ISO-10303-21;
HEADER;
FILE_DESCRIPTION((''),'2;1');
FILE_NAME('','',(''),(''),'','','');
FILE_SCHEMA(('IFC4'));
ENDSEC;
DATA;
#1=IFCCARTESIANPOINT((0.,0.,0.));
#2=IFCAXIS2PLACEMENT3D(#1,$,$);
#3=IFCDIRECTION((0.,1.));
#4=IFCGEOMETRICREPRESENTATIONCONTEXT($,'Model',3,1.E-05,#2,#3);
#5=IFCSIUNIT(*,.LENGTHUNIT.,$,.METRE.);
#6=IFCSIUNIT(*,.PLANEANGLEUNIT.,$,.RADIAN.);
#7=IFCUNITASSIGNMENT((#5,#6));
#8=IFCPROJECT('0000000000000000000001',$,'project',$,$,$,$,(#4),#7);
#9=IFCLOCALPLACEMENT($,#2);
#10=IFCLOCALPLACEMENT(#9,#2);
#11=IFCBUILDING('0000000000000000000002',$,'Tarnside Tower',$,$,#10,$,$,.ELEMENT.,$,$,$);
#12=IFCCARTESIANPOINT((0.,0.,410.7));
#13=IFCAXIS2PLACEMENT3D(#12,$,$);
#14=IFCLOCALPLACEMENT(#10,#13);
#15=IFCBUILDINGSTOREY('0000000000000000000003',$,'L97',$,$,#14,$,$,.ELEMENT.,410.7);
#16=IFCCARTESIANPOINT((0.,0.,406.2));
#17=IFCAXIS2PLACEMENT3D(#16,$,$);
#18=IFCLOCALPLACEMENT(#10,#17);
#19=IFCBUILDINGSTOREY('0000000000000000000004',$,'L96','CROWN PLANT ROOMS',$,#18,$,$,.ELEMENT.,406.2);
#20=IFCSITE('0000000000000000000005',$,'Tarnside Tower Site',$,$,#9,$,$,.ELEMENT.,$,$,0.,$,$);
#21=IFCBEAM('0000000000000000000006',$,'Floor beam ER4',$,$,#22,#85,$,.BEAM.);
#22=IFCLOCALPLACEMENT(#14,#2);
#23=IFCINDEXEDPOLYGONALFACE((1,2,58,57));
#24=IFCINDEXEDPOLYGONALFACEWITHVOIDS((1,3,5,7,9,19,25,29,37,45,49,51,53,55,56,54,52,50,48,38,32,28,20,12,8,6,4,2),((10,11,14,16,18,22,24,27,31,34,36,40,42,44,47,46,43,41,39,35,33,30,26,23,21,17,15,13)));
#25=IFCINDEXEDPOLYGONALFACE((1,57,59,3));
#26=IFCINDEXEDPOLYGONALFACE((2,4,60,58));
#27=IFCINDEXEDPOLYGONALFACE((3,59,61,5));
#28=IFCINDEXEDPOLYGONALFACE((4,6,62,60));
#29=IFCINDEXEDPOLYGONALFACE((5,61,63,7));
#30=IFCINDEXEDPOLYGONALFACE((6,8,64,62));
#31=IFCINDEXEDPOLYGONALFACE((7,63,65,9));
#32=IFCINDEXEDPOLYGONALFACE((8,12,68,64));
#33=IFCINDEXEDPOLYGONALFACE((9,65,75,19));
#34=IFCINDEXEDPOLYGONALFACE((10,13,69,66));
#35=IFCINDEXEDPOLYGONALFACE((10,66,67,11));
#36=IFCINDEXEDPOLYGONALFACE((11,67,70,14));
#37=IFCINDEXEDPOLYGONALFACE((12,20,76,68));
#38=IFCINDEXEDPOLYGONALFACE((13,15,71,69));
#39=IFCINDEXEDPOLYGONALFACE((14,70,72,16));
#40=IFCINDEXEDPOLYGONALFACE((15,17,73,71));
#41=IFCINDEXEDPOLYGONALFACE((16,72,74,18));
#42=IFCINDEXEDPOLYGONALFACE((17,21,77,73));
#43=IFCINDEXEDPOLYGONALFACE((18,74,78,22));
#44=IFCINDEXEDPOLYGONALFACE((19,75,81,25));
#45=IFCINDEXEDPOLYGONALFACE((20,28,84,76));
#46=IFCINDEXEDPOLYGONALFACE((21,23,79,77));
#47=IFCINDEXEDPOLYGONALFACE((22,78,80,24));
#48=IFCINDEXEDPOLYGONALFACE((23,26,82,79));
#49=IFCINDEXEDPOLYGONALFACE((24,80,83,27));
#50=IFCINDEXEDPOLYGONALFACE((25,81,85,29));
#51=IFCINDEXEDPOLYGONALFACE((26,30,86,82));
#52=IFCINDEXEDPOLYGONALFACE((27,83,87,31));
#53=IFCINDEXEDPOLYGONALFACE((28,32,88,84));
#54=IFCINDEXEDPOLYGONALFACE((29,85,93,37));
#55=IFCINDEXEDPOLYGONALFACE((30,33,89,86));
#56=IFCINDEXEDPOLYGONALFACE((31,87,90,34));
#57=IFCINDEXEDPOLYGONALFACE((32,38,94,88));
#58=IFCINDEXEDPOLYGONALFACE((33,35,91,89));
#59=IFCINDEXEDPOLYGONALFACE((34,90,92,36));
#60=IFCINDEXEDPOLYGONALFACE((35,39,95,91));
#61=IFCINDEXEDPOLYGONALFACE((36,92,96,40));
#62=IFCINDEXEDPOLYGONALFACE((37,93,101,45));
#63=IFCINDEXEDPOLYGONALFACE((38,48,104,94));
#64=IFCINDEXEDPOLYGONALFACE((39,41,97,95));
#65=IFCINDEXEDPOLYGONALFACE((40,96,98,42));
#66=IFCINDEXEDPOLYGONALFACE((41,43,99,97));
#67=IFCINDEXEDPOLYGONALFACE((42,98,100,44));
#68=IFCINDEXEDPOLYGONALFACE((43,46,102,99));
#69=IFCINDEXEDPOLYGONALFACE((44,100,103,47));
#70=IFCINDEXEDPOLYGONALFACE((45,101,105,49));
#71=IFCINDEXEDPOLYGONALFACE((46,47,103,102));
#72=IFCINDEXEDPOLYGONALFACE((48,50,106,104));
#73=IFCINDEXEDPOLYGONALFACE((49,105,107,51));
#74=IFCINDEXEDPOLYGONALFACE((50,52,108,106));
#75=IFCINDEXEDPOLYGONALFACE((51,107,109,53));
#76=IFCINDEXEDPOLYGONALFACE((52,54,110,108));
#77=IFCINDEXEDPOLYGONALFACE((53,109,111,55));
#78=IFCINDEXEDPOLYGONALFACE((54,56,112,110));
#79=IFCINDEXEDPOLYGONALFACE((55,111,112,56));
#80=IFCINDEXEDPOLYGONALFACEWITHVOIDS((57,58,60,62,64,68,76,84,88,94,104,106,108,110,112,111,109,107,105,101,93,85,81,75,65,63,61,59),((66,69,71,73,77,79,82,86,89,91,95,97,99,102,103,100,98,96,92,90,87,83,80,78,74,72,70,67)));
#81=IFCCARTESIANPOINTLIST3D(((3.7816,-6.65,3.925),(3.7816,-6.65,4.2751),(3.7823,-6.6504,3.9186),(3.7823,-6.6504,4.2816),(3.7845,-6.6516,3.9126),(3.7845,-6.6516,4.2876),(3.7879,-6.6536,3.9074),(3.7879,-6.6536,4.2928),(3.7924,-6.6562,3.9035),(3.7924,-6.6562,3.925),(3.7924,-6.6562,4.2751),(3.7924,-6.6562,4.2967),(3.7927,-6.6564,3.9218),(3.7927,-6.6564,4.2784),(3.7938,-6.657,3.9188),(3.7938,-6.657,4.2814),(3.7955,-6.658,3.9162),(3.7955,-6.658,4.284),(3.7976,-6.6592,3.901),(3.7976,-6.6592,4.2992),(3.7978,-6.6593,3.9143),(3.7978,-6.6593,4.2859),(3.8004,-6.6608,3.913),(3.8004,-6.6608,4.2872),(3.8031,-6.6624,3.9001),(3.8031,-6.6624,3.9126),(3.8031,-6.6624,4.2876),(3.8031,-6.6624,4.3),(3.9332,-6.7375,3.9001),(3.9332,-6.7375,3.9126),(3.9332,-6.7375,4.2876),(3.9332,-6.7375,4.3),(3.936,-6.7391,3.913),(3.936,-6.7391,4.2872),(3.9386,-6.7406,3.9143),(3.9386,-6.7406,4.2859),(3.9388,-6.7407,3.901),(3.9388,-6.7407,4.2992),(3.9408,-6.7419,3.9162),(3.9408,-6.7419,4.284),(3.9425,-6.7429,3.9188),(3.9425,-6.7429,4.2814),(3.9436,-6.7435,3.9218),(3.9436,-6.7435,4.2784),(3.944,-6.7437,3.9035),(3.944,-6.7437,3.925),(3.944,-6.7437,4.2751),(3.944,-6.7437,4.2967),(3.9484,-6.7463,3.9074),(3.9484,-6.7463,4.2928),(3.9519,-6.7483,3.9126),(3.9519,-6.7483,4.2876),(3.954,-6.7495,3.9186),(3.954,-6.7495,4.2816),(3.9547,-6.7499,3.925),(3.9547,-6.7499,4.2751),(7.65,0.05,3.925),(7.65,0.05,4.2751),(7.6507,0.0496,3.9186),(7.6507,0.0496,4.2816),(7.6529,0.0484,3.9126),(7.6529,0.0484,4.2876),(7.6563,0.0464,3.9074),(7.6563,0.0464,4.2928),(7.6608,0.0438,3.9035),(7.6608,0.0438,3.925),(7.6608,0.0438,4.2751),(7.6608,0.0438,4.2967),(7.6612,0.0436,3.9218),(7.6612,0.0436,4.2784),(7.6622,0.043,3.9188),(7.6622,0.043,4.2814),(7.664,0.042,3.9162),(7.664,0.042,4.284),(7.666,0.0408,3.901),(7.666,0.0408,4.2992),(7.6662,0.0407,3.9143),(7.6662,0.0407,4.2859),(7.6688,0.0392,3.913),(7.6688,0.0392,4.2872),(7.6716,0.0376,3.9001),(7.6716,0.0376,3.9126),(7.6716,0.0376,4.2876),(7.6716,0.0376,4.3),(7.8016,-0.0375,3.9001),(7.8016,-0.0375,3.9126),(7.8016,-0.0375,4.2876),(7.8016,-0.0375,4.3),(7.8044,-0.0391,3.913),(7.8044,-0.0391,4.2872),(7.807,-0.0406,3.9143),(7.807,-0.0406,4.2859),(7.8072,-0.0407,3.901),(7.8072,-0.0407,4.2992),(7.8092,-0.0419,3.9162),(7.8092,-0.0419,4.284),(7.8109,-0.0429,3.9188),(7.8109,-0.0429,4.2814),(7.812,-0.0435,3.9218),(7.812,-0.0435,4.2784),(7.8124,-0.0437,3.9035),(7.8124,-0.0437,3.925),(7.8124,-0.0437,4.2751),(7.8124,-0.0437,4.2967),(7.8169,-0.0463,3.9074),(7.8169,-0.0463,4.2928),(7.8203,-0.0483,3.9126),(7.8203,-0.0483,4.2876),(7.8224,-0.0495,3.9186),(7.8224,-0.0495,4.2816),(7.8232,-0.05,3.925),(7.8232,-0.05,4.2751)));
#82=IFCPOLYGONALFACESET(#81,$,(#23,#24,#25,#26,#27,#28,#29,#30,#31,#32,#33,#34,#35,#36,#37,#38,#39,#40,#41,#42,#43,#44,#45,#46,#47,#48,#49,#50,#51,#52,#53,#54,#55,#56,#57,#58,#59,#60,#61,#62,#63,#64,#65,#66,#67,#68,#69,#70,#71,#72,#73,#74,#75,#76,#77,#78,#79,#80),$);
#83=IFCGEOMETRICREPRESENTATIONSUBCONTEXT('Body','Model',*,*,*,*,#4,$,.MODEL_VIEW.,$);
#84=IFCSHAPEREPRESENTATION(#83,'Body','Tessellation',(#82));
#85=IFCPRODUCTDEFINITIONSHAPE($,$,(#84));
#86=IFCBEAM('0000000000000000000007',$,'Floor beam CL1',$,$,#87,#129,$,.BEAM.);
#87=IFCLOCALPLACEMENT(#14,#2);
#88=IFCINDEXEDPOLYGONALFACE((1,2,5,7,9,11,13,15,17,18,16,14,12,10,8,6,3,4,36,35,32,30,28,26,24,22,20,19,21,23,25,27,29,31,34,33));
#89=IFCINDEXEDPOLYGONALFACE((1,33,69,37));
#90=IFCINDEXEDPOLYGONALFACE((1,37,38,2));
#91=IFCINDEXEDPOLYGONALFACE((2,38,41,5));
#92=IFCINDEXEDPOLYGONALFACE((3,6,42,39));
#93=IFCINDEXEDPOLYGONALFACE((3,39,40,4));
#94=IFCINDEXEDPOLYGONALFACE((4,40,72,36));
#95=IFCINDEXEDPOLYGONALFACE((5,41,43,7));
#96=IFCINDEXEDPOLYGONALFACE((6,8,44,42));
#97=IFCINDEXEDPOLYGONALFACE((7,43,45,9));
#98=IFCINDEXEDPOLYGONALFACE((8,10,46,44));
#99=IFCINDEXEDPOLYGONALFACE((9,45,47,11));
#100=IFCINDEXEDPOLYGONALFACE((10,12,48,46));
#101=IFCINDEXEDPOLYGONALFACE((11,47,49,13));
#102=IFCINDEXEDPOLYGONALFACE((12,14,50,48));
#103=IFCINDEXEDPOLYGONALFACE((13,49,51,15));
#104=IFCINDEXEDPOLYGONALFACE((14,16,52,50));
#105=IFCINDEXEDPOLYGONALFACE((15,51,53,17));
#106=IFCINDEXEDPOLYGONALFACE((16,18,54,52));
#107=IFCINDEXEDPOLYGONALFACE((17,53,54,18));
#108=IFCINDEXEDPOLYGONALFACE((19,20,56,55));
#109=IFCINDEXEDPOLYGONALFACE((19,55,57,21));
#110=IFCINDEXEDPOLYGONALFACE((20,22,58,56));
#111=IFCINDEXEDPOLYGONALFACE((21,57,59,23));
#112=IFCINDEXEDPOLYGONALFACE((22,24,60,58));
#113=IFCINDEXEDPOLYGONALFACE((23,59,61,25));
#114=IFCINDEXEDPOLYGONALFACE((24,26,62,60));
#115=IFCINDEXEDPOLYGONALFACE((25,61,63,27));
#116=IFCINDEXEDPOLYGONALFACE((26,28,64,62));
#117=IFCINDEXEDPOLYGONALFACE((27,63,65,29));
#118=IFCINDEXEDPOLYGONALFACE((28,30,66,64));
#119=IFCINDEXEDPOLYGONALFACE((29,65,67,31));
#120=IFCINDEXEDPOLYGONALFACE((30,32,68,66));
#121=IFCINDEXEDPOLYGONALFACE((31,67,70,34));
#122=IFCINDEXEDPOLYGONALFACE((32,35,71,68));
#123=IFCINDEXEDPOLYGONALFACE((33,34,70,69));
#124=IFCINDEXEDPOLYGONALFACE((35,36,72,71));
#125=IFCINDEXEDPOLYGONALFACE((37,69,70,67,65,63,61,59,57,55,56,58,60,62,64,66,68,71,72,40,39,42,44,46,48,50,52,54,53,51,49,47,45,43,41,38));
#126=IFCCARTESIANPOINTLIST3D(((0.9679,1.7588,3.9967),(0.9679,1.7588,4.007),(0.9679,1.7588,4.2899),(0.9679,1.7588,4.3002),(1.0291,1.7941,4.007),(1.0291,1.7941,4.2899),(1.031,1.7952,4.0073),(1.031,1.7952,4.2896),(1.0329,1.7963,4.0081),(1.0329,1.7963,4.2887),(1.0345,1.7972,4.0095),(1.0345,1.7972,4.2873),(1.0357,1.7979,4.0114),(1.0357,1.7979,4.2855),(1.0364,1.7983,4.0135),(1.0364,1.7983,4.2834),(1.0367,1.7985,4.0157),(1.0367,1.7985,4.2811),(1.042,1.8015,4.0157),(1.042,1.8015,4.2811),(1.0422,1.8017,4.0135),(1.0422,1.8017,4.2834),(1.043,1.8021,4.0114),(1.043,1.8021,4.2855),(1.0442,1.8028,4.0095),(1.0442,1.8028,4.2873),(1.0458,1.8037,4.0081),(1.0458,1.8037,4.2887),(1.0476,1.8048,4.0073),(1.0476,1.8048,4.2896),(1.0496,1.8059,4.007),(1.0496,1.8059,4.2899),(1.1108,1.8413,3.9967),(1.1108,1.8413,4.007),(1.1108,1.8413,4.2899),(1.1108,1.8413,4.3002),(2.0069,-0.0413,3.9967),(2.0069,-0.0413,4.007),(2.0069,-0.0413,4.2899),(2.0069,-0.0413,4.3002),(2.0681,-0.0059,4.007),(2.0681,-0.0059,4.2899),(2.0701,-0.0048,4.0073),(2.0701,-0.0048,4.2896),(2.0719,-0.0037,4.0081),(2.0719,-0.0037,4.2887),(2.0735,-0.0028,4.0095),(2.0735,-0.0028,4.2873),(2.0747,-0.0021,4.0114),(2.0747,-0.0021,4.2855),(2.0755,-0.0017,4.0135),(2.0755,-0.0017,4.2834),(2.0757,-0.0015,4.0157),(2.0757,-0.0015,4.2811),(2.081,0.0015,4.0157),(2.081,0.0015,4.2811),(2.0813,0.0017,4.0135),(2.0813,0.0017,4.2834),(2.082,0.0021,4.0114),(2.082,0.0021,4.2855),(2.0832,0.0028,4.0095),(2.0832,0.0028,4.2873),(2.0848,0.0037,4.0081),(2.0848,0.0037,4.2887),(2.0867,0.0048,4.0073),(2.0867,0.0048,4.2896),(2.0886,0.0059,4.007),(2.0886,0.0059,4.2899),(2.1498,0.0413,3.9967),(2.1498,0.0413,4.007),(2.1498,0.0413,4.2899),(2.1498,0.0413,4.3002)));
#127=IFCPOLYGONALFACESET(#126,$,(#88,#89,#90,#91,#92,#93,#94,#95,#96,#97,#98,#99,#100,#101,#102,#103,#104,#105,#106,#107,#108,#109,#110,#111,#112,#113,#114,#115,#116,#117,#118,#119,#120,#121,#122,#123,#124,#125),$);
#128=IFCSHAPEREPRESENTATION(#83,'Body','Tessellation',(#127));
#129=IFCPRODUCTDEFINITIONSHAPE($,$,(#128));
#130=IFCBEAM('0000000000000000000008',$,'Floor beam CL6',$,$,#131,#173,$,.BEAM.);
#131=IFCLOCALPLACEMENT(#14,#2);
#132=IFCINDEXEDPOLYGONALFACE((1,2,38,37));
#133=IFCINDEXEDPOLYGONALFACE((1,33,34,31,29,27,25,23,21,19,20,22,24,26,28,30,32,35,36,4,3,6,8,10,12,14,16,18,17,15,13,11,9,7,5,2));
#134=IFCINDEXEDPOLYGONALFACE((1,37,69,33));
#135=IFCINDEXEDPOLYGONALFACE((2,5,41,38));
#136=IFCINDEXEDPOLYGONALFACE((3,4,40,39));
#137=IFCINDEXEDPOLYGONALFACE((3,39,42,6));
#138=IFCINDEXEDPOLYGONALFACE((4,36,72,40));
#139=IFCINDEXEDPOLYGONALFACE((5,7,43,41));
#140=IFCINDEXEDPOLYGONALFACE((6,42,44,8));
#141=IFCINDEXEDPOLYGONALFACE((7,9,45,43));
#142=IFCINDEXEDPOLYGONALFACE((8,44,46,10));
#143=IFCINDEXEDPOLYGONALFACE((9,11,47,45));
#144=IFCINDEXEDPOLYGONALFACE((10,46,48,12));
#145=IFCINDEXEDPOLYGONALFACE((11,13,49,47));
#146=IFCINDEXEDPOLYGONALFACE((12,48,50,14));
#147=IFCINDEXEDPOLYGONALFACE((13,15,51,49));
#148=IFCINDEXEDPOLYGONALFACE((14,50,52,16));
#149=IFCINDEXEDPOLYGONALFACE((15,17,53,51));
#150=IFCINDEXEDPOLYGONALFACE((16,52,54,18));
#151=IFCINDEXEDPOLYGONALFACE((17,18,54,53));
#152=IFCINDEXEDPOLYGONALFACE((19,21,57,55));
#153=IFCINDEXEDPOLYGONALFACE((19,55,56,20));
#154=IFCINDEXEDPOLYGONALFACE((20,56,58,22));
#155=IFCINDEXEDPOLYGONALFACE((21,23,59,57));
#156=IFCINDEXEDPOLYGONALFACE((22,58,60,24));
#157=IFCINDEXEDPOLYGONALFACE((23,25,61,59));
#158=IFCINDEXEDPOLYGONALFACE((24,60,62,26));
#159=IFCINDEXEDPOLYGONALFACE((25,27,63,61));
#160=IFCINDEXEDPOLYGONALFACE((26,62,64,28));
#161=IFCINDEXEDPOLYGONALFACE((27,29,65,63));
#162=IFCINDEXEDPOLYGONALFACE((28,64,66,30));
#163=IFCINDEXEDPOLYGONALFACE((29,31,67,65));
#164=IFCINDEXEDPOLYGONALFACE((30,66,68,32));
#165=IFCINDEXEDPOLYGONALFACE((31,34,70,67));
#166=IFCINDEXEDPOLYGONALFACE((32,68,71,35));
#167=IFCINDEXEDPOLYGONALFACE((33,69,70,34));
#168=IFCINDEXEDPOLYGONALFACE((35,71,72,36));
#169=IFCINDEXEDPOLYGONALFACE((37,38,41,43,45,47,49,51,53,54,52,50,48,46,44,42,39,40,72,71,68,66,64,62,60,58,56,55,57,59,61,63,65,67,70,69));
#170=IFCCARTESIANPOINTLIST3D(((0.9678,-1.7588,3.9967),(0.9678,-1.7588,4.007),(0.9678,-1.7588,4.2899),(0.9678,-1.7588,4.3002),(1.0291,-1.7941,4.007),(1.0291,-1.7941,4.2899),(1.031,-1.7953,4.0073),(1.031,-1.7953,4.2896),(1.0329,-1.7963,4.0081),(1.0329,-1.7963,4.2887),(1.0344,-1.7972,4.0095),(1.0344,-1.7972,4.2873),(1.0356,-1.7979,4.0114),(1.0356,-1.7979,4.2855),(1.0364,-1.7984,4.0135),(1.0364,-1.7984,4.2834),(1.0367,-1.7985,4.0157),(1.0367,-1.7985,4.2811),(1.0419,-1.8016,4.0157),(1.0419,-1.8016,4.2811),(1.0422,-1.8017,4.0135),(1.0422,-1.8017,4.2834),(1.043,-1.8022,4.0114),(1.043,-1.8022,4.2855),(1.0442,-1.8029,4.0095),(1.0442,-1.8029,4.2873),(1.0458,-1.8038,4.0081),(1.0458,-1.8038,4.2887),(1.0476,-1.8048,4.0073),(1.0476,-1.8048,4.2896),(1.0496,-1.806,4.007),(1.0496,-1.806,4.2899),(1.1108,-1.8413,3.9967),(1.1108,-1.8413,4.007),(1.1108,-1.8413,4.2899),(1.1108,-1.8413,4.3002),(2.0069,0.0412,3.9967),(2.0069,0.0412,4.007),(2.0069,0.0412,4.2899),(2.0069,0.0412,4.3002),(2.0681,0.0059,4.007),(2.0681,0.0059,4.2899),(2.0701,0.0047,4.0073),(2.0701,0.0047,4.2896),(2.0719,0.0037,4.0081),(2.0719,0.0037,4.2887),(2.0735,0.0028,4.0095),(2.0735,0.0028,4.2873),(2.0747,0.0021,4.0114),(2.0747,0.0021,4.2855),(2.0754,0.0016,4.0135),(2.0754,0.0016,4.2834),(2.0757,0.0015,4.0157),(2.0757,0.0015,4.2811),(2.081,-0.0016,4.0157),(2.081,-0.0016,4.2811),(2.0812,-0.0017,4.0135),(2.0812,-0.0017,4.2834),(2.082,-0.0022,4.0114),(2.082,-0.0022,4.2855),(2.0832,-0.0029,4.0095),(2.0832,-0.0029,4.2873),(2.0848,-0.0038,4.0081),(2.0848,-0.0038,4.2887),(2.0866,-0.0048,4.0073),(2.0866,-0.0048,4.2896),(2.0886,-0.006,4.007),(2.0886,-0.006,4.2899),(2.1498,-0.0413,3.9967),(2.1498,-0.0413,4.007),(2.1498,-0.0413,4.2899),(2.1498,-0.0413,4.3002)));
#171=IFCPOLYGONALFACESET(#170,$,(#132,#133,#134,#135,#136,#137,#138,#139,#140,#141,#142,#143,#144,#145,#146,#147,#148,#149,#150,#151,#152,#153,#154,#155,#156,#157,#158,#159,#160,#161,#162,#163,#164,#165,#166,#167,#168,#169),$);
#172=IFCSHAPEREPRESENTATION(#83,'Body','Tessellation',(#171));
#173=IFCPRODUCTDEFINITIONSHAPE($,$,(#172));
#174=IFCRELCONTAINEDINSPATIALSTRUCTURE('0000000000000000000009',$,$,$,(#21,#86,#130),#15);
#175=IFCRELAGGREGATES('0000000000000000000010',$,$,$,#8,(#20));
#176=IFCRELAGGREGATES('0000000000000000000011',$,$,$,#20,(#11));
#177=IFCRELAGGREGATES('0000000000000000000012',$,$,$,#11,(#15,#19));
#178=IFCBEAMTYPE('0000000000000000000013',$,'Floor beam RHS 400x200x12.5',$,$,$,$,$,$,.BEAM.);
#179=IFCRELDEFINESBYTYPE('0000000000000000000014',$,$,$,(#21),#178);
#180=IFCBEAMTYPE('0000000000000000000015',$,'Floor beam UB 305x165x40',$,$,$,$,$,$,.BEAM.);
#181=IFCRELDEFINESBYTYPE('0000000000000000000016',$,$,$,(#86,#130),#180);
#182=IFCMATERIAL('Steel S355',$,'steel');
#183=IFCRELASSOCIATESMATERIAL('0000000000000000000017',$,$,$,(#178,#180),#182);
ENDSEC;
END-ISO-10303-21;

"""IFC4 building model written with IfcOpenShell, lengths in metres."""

from ifc_helpers import new_model, si_unit, direction, frame, origin, origin_2d, place, context, subcontext, project, spatial, hollow_rectangle, i_section, extrude, material, material_profile, profile_set, type_object, element, save


model = new_model("IFC4")

# Units and contexts
model_context = context("Model", 3, precision=1e-05, world=origin(), true_north=direction((0.0, 1.0)))
body_context = subcontext(model_context, "Body", "Model", "MODEL_VIEW")
ifc_project = project(units=[si_unit("LENGTHUNIT", "METRE"), si_unit("PLANEANGLEUNIT", "RADIAN")], contexts=[model_context])

# Site, building, storey
site_placement = place(None, origin())
site = spatial("IfcSite", under=ifc_project, at=site_placement, Name="Tarnside Tower Site", CompositionType="ELEMENT", RefElevation=0.0)
building_placement = place(site_placement, origin())
building = spatial("IfcBuilding", under=site, at=building_placement, Name="Tarnside Tower", CompositionType="ELEMENT")
storey_1_placement = place(building_placement, frame((0.0, 0.0, 410.7)))
storey_1 = spatial("IfcBuildingStorey", under=building, at=storey_1_placement, Name="L97", CompositionType="ELEMENT", Elevation=410.7)

# Shared definitions
ifc_material_1 = material(Name="Steel S355", Category="steel")

# Beams
ifc_material_profile_1 = material_profile(ifc_material_1, hollow_rectangle(XDim=0.2, YDim=0.3999, WallThickness=0.0125, InnerFilletRadius=0.0125, OuterFilletRadius=0.0249, at=origin_2d()), Name="RHS 400x200x12.5")
ifc_profile_set_1 = profile_set([ifc_material_profile_1], Name="Steel S355")
beam_type_1 = type_object("IfcBeamType", Name="Floor beam RHS 400x200x12.5", PredefinedType="BEAM", material=ifc_profile_set_1)
beam_1_placement = place(storey_1_placement, frame((3.8682, -6.7, 4.1001), z_axis=(0.500018, 0.866015, 0.0), x_axis=(-0.866015, 0.500018, 0.0)))
element("IfcBeam", 1, at=beam_1_placement, inside=storey_1, type_object=beam_type_1, Name="Floor beam ER4", PredefinedType="BEAM", context=body_context, shape_type="SweptSolid", body=[
    extrude(hollow_rectangle(XDim=0.2, YDim=0.3999, WallThickness=0.0125, InnerFilletRadius=0.0125, OuterFilletRadius=0.0249, at=origin_2d()), origin(), (0.0, 0.0, 1.0), 7.7366),
])
ifc_material_profile_2 = material_profile(ifc_material_1, i_section(OverallWidth=0.165, OverallDepth=0.3035, WebThickness=0.0061, FlangeThickness=0.0103, FilletRadius=0.0088, at=origin_2d()), Name="UB 305x165x40")
ifc_profile_set_2 = profile_set([ifc_material_profile_2], Name="Steel S355")
beam_type_2 = type_object("IfcBeamType", Name="Floor beam UB 305x165x40", PredefinedType="BEAM", material=ifc_profile_set_2)
for number, where, z_axis, x_axis, name in (
    (2, (2.0784, 0.0, 4.1484), (-0.499929, 0.866066, 0.0), (-0.866066, -0.499929, 0.0), "Floor beam CL1"),
    (3, (1.0393, -1.8, 4.1484), (0.499929, 0.866066, 0.0), (-0.866066, 0.499929, 0.0), "Floor beam CL6"),
):
    element("IfcBeam", number, at=place(storey_1_placement, frame(where, z_axis=z_axis, x_axis=x_axis)), inside=storey_1, type_object=beam_type_2, Name=name, PredefinedType="BEAM", context=body_context, shape_type="SweptSolid", body=[
        extrude(i_section(OverallWidth=0.165, OverallDepth=0.3035, WebThickness=0.0061, FlangeThickness=0.0103, FilletRadius=0.0088, at=origin_2d()), origin(), (0.0, 0.0, 1.0), 2.0784),
    ])

# Shared definitions
storey_2_placement = place(building_placement, frame((0.0, 0.0, 406.2)))
storey_2 = spatial("IfcBuildingStorey", under=building, at=storey_2_placement, Name="L96", Description="CROWN PLANT ROOMS", CompositionType="ELEMENT", Elevation=406.2)

save(model, "model.ifc")
